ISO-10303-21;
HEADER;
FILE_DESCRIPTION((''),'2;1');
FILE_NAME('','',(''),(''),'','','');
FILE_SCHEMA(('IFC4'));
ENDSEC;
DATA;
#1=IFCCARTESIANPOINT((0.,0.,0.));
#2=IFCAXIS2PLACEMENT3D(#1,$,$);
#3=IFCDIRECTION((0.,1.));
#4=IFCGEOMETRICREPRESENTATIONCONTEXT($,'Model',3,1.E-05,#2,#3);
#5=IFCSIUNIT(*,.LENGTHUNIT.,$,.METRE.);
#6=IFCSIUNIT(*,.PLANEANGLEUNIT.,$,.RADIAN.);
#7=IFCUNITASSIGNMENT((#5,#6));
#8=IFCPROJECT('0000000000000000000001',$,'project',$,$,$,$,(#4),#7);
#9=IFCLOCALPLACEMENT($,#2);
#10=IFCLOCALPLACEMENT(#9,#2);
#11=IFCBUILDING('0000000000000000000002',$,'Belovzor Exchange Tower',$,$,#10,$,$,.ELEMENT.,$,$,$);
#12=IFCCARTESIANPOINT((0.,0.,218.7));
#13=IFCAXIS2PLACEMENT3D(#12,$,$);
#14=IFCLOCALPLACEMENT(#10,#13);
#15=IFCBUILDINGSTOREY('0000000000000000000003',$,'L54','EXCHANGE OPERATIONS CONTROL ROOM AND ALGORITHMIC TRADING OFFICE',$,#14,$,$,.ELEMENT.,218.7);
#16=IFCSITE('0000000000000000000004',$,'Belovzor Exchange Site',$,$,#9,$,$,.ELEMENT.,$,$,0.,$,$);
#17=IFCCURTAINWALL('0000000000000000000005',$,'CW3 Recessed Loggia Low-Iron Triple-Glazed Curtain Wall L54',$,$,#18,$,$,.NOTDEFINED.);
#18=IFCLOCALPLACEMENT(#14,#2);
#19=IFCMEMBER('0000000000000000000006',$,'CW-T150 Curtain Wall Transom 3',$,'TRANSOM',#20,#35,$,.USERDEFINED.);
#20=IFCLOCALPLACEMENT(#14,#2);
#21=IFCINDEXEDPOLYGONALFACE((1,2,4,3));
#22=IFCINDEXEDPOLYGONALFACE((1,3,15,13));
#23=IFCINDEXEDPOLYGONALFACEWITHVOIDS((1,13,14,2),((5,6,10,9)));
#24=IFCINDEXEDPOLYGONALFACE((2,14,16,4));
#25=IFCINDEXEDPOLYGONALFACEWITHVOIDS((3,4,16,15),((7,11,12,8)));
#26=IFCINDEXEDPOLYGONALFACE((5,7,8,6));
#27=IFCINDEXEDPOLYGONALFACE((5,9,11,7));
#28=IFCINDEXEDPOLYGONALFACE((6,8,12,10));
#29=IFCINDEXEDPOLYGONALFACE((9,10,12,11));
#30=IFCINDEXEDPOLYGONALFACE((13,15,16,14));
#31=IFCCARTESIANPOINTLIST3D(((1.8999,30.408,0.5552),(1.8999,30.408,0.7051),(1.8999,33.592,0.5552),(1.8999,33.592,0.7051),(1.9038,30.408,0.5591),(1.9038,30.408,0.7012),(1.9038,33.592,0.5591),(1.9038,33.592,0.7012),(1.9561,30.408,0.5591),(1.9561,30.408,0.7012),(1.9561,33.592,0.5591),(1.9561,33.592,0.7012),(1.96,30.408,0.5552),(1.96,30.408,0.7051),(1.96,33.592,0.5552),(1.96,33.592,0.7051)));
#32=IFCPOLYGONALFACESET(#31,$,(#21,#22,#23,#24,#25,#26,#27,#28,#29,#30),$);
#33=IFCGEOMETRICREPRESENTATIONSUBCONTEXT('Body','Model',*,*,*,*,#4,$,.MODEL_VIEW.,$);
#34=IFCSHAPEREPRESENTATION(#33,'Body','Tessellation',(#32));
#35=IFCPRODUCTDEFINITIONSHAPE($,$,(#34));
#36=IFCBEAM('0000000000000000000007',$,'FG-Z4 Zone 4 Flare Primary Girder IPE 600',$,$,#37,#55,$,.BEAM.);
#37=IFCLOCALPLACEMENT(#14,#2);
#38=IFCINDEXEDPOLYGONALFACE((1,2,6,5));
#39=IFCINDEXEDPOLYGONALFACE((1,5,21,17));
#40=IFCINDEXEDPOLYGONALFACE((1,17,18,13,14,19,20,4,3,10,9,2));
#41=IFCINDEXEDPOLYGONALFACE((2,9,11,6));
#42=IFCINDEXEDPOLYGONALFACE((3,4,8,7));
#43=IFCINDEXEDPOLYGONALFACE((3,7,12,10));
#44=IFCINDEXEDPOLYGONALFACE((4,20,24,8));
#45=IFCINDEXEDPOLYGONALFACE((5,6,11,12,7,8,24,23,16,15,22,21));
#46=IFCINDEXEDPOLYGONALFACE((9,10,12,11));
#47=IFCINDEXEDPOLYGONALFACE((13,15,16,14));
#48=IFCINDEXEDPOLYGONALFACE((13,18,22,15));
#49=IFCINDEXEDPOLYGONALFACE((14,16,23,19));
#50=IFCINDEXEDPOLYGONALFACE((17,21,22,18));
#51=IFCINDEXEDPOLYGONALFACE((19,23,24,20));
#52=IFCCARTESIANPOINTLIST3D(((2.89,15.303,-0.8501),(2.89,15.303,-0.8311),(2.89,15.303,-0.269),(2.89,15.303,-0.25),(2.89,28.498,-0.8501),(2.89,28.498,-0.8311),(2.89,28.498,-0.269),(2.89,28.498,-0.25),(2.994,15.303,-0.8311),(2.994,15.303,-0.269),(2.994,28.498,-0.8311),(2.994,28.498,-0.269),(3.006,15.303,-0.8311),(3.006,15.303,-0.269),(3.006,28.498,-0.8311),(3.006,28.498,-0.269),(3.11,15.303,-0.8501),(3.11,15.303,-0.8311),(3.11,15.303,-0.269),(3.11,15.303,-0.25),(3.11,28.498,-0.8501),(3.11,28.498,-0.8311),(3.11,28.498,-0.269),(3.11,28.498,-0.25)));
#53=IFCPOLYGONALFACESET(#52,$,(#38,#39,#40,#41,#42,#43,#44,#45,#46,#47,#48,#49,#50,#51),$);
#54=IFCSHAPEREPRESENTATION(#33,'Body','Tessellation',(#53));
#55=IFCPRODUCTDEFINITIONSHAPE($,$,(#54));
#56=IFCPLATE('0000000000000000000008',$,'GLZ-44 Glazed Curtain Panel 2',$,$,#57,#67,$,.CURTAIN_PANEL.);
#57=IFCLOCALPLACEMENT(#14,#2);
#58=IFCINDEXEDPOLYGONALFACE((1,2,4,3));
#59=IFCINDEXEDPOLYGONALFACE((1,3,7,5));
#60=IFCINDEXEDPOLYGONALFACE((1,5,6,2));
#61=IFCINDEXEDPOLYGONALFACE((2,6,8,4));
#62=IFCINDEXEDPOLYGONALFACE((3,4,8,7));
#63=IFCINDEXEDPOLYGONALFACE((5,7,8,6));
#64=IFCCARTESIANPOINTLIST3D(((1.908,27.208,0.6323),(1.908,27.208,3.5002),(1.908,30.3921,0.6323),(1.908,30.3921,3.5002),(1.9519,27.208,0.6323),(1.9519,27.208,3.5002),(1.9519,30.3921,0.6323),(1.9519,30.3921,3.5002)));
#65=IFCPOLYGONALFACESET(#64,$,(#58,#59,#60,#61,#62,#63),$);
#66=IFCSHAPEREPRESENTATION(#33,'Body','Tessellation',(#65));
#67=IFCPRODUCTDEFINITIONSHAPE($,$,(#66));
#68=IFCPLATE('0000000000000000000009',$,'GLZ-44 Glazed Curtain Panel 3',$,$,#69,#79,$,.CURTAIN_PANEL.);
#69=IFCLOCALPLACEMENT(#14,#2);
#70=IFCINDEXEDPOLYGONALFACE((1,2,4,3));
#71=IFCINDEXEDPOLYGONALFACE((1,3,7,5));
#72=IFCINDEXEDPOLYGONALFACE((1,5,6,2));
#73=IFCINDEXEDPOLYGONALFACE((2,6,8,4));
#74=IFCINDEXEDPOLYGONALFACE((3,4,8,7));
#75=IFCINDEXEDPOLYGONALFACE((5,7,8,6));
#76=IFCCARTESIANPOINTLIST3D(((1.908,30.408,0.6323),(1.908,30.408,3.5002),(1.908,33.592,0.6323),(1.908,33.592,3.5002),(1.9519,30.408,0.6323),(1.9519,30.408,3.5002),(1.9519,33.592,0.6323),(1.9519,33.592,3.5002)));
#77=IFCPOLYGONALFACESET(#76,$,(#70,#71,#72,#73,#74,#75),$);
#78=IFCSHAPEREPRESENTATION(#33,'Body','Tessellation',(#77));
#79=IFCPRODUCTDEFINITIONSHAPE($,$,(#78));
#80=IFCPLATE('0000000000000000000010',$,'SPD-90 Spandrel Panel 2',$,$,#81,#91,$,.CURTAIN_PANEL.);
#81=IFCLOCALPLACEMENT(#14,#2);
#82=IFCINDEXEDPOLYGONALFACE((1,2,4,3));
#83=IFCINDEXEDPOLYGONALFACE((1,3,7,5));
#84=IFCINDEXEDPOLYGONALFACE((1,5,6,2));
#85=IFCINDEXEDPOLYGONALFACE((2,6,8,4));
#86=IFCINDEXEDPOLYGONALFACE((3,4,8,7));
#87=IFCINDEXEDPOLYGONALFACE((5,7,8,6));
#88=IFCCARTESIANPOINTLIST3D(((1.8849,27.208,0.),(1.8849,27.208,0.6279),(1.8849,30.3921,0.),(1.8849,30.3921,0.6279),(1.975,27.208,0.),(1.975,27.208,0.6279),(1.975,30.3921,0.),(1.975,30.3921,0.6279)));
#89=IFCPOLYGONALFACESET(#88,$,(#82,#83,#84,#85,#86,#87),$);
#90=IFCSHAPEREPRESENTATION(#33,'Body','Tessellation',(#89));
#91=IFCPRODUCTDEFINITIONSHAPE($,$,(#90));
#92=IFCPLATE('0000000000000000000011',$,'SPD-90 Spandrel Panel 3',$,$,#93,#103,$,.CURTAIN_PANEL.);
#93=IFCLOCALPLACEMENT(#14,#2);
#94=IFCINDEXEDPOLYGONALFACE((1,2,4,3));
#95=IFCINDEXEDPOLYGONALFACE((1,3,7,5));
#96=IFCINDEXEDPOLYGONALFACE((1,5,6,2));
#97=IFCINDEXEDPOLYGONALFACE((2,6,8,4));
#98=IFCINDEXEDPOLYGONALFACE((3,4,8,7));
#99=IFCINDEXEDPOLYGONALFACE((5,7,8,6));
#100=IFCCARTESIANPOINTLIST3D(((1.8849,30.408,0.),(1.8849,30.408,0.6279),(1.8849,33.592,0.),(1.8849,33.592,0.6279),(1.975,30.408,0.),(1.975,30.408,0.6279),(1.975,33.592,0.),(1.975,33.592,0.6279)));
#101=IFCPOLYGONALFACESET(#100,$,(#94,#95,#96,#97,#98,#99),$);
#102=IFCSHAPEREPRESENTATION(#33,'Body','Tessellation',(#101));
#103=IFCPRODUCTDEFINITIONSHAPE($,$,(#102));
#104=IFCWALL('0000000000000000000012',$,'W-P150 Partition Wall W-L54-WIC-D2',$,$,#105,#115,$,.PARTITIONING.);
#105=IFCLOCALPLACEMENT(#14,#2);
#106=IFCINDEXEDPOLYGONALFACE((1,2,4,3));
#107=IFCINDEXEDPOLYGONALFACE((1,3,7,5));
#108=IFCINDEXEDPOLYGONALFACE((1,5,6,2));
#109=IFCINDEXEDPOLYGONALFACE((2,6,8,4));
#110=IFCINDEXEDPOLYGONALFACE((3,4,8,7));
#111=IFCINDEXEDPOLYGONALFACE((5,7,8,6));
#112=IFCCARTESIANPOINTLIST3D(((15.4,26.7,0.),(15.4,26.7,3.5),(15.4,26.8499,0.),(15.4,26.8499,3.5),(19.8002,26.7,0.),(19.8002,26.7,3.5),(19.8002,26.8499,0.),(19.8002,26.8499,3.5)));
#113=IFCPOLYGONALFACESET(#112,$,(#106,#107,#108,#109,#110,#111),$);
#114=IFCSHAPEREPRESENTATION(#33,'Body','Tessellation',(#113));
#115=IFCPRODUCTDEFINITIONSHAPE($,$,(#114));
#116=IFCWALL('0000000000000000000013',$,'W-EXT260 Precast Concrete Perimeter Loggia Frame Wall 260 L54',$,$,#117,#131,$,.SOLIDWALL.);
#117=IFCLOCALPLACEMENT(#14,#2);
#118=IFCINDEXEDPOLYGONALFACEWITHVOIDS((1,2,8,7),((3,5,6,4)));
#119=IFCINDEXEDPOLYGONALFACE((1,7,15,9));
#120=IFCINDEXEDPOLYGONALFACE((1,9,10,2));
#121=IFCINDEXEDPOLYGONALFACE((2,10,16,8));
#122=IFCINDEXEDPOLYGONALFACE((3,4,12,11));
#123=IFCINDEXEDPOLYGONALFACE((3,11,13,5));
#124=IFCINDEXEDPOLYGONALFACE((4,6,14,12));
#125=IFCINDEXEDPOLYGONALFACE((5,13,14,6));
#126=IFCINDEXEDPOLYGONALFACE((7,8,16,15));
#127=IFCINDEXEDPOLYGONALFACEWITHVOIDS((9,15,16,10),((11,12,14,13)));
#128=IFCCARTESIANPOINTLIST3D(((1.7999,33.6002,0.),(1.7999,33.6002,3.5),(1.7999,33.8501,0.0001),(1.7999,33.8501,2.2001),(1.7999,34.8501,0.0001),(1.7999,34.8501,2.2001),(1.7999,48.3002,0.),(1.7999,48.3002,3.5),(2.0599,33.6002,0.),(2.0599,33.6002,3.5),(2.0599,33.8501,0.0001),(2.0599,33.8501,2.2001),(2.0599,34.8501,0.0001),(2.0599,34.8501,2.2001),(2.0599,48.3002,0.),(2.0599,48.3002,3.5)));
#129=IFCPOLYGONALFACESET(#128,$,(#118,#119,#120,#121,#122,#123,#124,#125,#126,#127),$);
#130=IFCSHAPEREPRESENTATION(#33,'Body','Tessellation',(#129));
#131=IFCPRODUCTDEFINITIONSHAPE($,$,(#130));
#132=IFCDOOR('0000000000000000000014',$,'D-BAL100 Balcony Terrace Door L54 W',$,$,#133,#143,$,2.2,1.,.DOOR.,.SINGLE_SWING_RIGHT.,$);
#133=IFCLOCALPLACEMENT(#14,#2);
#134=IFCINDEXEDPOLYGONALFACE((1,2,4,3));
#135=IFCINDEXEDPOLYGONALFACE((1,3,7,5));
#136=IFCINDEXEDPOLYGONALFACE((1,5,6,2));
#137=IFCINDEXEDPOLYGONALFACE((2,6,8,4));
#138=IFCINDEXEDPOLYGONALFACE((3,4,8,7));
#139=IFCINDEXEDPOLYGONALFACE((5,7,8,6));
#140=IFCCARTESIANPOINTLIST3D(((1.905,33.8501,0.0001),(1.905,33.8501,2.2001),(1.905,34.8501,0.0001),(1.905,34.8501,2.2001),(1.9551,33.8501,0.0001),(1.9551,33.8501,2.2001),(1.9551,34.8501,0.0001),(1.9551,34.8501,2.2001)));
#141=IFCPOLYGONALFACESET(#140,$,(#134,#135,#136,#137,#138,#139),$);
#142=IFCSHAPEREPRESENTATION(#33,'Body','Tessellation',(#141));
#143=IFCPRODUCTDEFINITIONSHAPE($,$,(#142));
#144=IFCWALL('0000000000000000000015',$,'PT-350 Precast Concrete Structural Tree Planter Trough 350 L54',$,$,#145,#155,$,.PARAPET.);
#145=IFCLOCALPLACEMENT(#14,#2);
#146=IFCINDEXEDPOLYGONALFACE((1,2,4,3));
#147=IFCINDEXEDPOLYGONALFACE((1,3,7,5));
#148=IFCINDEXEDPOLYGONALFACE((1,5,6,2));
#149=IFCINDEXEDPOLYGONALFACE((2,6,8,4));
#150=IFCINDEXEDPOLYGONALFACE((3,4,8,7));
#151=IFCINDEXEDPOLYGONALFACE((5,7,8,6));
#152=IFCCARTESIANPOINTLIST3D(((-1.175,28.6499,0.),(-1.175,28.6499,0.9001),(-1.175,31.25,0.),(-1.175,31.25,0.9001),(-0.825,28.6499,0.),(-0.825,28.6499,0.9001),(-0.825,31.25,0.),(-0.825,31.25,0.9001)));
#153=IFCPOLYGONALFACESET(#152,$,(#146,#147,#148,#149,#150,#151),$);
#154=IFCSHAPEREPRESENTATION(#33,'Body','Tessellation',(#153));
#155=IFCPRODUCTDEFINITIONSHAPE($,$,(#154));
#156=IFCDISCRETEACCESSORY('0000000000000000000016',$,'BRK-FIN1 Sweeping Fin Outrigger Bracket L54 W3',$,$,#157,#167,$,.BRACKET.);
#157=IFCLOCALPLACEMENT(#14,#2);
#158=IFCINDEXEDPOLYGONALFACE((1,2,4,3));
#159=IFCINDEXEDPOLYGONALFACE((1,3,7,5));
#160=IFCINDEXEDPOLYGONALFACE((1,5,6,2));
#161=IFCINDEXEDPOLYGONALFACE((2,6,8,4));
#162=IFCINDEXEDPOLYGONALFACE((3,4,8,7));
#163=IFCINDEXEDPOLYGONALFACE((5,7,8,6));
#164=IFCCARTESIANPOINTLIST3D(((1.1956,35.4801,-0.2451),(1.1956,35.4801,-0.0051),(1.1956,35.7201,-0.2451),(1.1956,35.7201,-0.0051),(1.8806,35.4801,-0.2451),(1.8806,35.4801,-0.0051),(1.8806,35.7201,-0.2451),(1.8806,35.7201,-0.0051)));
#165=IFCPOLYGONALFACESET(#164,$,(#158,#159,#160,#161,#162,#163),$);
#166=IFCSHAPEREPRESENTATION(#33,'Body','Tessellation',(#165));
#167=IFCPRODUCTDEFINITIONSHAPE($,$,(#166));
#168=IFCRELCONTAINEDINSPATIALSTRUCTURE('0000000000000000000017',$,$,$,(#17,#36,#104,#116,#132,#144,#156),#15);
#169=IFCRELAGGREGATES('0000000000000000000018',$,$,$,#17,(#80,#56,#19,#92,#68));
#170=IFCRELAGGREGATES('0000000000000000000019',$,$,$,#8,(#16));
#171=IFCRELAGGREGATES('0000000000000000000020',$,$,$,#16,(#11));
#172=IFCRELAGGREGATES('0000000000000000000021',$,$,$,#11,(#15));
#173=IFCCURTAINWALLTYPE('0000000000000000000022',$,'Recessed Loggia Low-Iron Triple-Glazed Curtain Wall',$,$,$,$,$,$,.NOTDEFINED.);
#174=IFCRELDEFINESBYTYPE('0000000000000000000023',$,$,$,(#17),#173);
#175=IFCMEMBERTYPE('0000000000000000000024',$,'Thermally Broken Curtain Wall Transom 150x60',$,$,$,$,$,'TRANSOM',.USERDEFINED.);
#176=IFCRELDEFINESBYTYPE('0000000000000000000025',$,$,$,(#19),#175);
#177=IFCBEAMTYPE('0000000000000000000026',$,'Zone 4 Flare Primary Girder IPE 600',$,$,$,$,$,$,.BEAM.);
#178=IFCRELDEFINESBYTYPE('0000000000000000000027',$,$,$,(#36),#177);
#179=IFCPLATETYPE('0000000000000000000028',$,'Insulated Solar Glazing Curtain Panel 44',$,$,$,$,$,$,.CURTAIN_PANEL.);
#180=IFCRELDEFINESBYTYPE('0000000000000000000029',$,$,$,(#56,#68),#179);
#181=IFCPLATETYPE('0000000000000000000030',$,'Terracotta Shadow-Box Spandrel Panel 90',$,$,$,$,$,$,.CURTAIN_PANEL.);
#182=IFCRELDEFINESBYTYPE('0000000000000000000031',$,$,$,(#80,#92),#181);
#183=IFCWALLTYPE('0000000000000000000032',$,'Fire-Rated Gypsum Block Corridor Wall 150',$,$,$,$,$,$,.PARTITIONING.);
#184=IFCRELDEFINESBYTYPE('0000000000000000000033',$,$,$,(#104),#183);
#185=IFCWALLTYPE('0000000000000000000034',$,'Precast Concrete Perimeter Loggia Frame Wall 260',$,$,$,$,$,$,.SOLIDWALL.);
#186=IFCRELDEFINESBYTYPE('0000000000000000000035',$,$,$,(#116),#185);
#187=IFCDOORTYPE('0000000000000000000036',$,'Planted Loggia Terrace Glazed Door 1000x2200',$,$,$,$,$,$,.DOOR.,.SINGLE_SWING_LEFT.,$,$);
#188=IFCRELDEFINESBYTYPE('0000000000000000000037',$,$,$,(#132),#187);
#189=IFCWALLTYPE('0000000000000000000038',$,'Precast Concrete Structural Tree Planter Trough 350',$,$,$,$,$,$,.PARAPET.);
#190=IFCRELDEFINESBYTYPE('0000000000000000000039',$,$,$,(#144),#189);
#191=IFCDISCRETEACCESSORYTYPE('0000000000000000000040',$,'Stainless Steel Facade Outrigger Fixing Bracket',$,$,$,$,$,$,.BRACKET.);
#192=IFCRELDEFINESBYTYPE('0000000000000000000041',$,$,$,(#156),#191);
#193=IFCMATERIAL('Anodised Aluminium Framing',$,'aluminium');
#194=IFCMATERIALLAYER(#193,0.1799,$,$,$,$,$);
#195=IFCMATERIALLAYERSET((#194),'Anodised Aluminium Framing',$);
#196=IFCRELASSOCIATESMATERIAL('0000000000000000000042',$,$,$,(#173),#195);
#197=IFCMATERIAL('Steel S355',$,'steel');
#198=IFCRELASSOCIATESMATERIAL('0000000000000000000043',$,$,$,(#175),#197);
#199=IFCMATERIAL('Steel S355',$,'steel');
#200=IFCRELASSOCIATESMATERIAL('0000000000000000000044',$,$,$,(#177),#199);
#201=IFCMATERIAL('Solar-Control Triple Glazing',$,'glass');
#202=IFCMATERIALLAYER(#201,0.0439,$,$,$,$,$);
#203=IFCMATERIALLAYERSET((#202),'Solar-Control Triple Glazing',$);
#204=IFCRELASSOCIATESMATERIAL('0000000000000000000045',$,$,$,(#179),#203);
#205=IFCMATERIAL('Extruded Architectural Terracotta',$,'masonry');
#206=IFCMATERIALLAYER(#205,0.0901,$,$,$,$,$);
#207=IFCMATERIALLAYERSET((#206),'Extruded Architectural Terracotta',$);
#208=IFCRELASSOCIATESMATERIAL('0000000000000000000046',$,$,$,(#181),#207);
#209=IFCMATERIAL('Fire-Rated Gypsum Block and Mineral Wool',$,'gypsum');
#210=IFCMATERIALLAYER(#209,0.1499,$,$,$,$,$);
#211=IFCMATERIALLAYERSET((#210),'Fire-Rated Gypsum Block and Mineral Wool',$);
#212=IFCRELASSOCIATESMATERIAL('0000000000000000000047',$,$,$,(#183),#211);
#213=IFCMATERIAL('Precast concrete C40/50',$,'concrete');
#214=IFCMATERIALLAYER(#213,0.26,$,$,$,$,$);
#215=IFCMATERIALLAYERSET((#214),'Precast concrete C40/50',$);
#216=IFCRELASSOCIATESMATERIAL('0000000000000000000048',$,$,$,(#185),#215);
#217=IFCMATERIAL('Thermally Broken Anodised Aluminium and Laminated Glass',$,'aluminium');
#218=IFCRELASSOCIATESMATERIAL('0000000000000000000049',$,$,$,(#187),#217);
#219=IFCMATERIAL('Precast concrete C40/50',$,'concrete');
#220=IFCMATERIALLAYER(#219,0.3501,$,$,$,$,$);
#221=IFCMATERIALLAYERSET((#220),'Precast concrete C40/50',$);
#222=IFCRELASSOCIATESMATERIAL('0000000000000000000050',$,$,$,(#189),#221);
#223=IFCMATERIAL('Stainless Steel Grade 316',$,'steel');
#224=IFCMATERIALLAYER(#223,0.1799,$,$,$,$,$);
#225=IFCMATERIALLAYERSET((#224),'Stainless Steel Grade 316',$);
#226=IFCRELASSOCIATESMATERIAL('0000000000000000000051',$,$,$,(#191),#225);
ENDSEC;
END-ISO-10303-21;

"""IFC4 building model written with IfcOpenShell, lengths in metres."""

from ifc_helpers import new_model, si_unit, direction, frame, frame_2d, origin, origin_2d, place, context, subcontext, project, spatial, rectangle, hollow_rectangle, i_section, extrude, material, layer, layer_set, material_profile, profile_set, type_object, element, fill, aggregate, save


model = new_model("IFC4")

# Units and contexts
model_context = context("Model", 3, precision=1e-05, world=origin(), true_north=direction((0.0, 1.0)))
body_context = subcontext(model_context, "Body", "Model", "MODEL_VIEW")
ifc_project = project(units=[si_unit("LENGTHUNIT", "METRE"), si_unit("PLANEANGLEUNIT", "RADIAN")], contexts=[model_context])

# Site, building, storey
site_placement = place(None, origin())
site = spatial("IfcSite", under=ifc_project, at=site_placement, Name="Belovzor Exchange Site", CompositionType="ELEMENT", RefElevation=0.0)
building_placement = place(site_placement, origin())
building = spatial("IfcBuilding", under=site, at=building_placement, Name="Belovzor Exchange Tower", CompositionType="ELEMENT")
storey_placement = place(building_placement, frame((0.0, 0.0, 218.7)))
storey = spatial("IfcBuildingStorey", under=building, at=storey_placement, Name="L54", Description="EXCHANGE OPERATIONS CONTROL ROOM AND ALGORITHMIC TRADING OFFICE", CompositionType="ELEMENT", Elevation=218.7)

# Curtain wall, member
ifc_material_1 = material(Name="Anodised Aluminium Framing", Category="aluminium")
ifc_layer_1 = layer(ifc_material_1, 0.1799)
ifc_layer_set_1 = layer_set([ifc_layer_1], Name="Anodised Aluminium Framing")
curtain_wall_type = type_object("IfcCurtainWallType", Name="Recessed Loggia Low-Iron Triple-Glazed Curtain Wall", PredefinedType="NOTDEFINED", material=ifc_layer_set_1)
curtain_wall_placement = place(storey_placement, origin())
curtain_wall = element("IfcCurtainWall", 1, at=curtain_wall_placement, inside=storey, type_object=curtain_wall_type, Name="CW3 Recessed Loggia Low-Iron Triple-Glazed Curtain Wall L54", PredefinedType="NOTDEFINED")
ifc_material_2 = material(Name="Steel S355", Category="steel")
ifc_material_profile_1 = material_profile(ifc_material_2, hollow_rectangle(XDim=0.0601, YDim=0.1499, WallThickness=0.0039, at=origin_2d()))
ifc_profile_set_1 = profile_set([ifc_material_profile_1], Name="Steel S355")
member_type_1 = type_object("IfcMemberType", Name="Thermally Broken Curtain Wall Transom 150x60", ElementType="TRANSOM", PredefinedType="USERDEFINED", material=ifc_profile_set_1)
member_1_placement = place(storey_placement, frame((1.9299, 30.408, 0.6301), z_axis=(0.0, 1.0, 0.0), x_axis=(-1.0, 0.0, 0.0)))
member_1 = element("IfcMember", 2, at=member_1_placement, type_object=member_type_1, Name="CW-T150 Curtain Wall Transom 3", ObjectType="TRANSOM", PredefinedType="USERDEFINED", context=body_context, shape_type="SweptSolid", body=[
    extrude(hollow_rectangle(XDim=0.0601, YDim=0.1499, WallThickness=0.0039, at=origin_2d()), origin(), (0.0, 0.0, 1.0), 3.1841),
])

# Beam
ifc_material_3 = material(Name="Steel S355", Category="steel")
ifc_material_profile_2 = material_profile(ifc_material_3, i_section(OverallWidth=0.22, OverallDepth=0.6001, WebThickness=0.012, FlangeThickness=0.019, at=origin_2d()))
ifc_profile_set_2 = profile_set([ifc_material_profile_2], Name="Steel S355")
beam_type_1 = type_object("IfcBeamType", Name="Zone 4 Flare Primary Girder IPE 600", PredefinedType="BEAM", material=ifc_profile_set_2)
beam_1_placement = place(storey_placement, frame((3.0, 28.498, -0.55), z_axis=(0.0, -1.0, 0.0), x_axis=(1.0, 0.0, 0.0)))
element("IfcBeam", 3, at=beam_1_placement, inside=storey, type_object=beam_type_1, Name="FG-Z4 Zone 4 Flare Primary Girder IPE 600", PredefinedType="BEAM", context=body_context, shape_type="SweptSolid", body=[
    extrude(i_section(OverallWidth=0.22, OverallDepth=0.6001, WebThickness=0.012, FlangeThickness=0.019, at=origin_2d()), origin(), (0.0, 0.0, 1.0), 13.1951),
])

# Plates
ifc_material_4 = material(Name="Solar-Control Triple Glazing", Category="glass")
ifc_layer_2 = layer(ifc_material_4, 0.0439)
ifc_layer_set_2 = layer_set([ifc_layer_2], Name="Solar-Control Triple Glazing")
plate_type_1 = type_object("IfcPlateType", Name="Insulated Solar Glazing Curtain Panel 44", PredefinedType="CURTAIN_PANEL", material=ifc_layer_set_2)
plate_1_placement = place(storey_placement, frame((1.9299, 28.8, 0.6323), z_axis=(0.0, 0.0, 1.0), x_axis=(0.0, 1.0, 0.0)))
plate_1 = element("IfcPlate", 4, at=plate_1_placement, type_object=plate_type_1, Name="GLZ-44 Glazed Curtain Panel 2", PredefinedType="CURTAIN_PANEL", context=body_context, shape_type="SweptSolid", body=[
    extrude(rectangle(XDim=3.1841, YDim=0.0439, at=origin_2d()), origin(), (0.0, 0.0, 1.0), 2.8679),
])
plate_2_placement = place(storey_placement, frame((1.9299, 32.0, 0.6323), z_axis=(0.0, 0.0, 1.0), x_axis=(0.0, 1.0, 0.0)))
plate_2 = element("IfcPlate", 5, at=plate_2_placement, type_object=plate_type_1, Name="GLZ-44 Glazed Curtain Panel 3", PredefinedType="CURTAIN_PANEL", context=body_context, shape_type="SweptSolid", body=[
    extrude(rectangle(XDim=3.1841, YDim=0.0439, at=origin_2d()), origin(), (0.0, 0.0, 1.0), 2.8679),
])
ifc_material_5 = material(Name="Extruded Architectural Terracotta", Category="masonry")
ifc_layer_3 = layer(ifc_material_5, 0.0901)
ifc_layer_set_3 = layer_set([ifc_layer_3], Name="Extruded Architectural Terracotta")
plate_type_2 = type_object("IfcPlateType", Name="Terracotta Shadow-Box Spandrel Panel 90", PredefinedType="CURTAIN_PANEL", material=ifc_layer_set_3)
plate_3_placement = place(storey_placement, frame((1.9299, 28.8, 0.0), z_axis=(0.0, 0.0, 1.0), x_axis=(0.0, 1.0, 0.0)))
plate_3 = element("IfcPlate", 6, at=plate_3_placement, type_object=plate_type_2, Name="SPD-90 Spandrel Panel 2", PredefinedType="CURTAIN_PANEL", context=body_context, shape_type="SweptSolid", body=[
    extrude(rectangle(XDim=3.1841, YDim=0.0901, at=origin_2d()), origin(), (0.0, 0.0, 1.0), 0.6279),
])
plate_4_placement = place(storey_placement, frame((1.9299, 32.0, 0.0), z_axis=(0.0, 0.0, 1.0), x_axis=(0.0, 1.0, 0.0)))
plate_4 = element("IfcPlate", 7, at=plate_4_placement, type_object=plate_type_2, Name="SPD-90 Spandrel Panel 3", PredefinedType="CURTAIN_PANEL", context=body_context, shape_type="SweptSolid", body=[
    extrude(rectangle(XDim=3.1841, YDim=0.0901, at=origin_2d()), origin(), (0.0, 0.0, 1.0), 0.6279),
])
aggregate(curtain_wall, [plate_3, plate_1, member_1, plate_4, plate_2])

# Wall
ifc_material_6 = material(Name="Fire-Rated Gypsum Block and Mineral Wool", Category="gypsum")
ifc_layer_4 = layer(ifc_material_6, 0.1499)
ifc_layer_set_4 = layer_set([ifc_layer_4], Name="Fire-Rated Gypsum Block and Mineral Wool")
wall_type_1 = type_object("IfcWallType", Name="Fire-Rated Gypsum Block Corridor Wall 150", PredefinedType="PARTITIONING", material=ifc_layer_set_4)
wall_1_placement = place(storey_placement, frame((15.3999, 26.7749, 0.0), z_axis=(0.0, 0.0, 1.0), x_axis=(1.0, 0.0, 0.0)))
element("IfcWall", 8, at=wall_1_placement, inside=storey, type_object=wall_type_1, Name="W-P150 Partition Wall W-L54-WIC-D2", PredefinedType="PARTITIONING", context=body_context, shape_type="SweptSolid", body=[
    extrude(rectangle(XDim=4.4001, YDim=0.1499, at=frame_2d((2.2002, 0.0))), origin(), (0.0, 0.0, 1.0), 3.5),
])

# Wall, opening, door
ifc_material_7 = material(Name="Precast concrete C40/50", Category="concrete")
ifc_layer_5 = layer(ifc_material_7, 0.26)
ifc_layer_set_5 = layer_set([ifc_layer_5], Name="Precast concrete C40/50")
wall_type_2 = type_object("IfcWallType", Name="Precast Concrete Perimeter Loggia Frame Wall 260", PredefinedType="SOLIDWALL", material=ifc_layer_set_5)
wall_2_placement = place(storey_placement, frame((1.9299, 33.6001, 0.0), z_axis=(0.0, 0.0, 1.0), x_axis=(0.0, 1.0, 0.0)))
wall_2 = element("IfcWall", 9, at=wall_2_placement, inside=storey, type_object=wall_type_2, Name="W-EXT260 Precast Concrete Perimeter Loggia Frame Wall 260 L54", PredefinedType="SOLIDWALL", context=body_context, shape_type="SweptSolid", body=[
    extrude(rectangle(XDim=14.7, YDim=0.26, at=frame_2d((7.3501, 0.0))), origin(), (0.0, 0.0, 1.0), 3.5),
])
opening_placement = place(wall_2_placement, frame((0.25, 0.0, 0.0)))
opening = element("IfcOpeningElement", 10, at=opening_placement, cuts=wall_2, PredefinedType="OPENING", context=body_context, shape_type="SweptSolid", body=[
    extrude(rectangle(XDim=1.0, YDim=2.2, at=frame_2d((0.5, 1.1001))), frame((0.0, 0.1399, 0.0), z_axis=(0.0, -1.0, 0.0), x_axis=(1.0, 0.0, 0.0)), (0.0, 0.0, 1.0), 0.28),
])
ifc_material_8 = material(Name="Thermally Broken Anodised Aluminium and Laminated Glass", Category="aluminium")
door_type = type_object("IfcDoorType", Name="Planted Loggia Terrace Glazed Door 1000x2200", OperationType="SINGLE_SWING_LEFT", PredefinedType="DOOR", material=ifc_material_8)
door_placement = place(opening_placement, origin())
door = element("IfcDoor", 11, at=door_placement, inside=storey, type_object=door_type, Name="D-BAL100 Balcony Terrace Door L54 W", OperationType="SINGLE_SWING_RIGHT", OverallHeight=2.2, OverallWidth=1.0, PredefinedType="DOOR", context=body_context, shape_type="SweptSolid", body=[
    extrude(rectangle(XDim=1.0, YDim=2.2, at=frame_2d((0.5, 1.1001))), frame((0.0, 0.0249, 0.0), z_axis=(0.0, -1.0, 0.0), x_axis=(1.0, 0.0, 0.0)), (0.0, 0.0, 1.0), 0.05),
])
fill(opening, door)

# Wall
ifc_material_9 = material(Name="Precast concrete C40/50", Category="concrete")
ifc_layer_6 = layer(ifc_material_9, 0.3501)
ifc_layer_set_6 = layer_set([ifc_layer_6], Name="Precast concrete C40/50")
wall_type_3 = type_object("IfcWallType", Name="Precast Concrete Structural Tree Planter Trough 350", PredefinedType="PARAPET", material=ifc_layer_set_6)
wall_3_placement = place(storey_placement, frame((-1.0, 28.6499, 0.0), z_axis=(0.0, 0.0, 1.0), x_axis=(0.0, 1.0, 0.0)))
element("IfcWall", 12, at=wall_3_placement, inside=storey, type_object=wall_type_3, Name="PT-350 Precast Concrete Structural Tree Planter Trough 350 L54", PredefinedType="PARAPET", context=body_context, shape_type="SweptSolid", body=[
    extrude(rectangle(XDim=2.6001, YDim=0.3501, at=frame_2d((1.3, 0.0))), origin(), (0.0, 0.0, 1.0), 0.9001),
])

# Discrete accessory
ifc_material_10 = material(Name="Stainless Steel Grade 316", Category="steel")
ifc_layer_7 = layer(ifc_material_10, 0.1799)
ifc_layer_set_7 = layer_set([ifc_layer_7], Name="Stainless Steel Grade 316")
discrete_accessory_type = type_object("IfcDiscreteAccessoryType", Name="Stainless Steel Facade Outrigger Fixing Bracket", PredefinedType="BRACKET", material=ifc_layer_set_7)
discrete_accessory_placement = place(storey_placement, frame((1.5381, 35.6001, -0.2451), z_axis=(0.0, 0.0, 1.0), x_axis=(1.0, 0.0, 0.0)))
element("IfcDiscreteAccessory", 13, at=discrete_accessory_placement, inside=storey, type_object=discrete_accessory_type, Name="BRK-FIN1 Sweeping Fin Outrigger Bracket L54 W3", PredefinedType="BRACKET", context=body_context, shape_type="SweptSolid", body=[
    extrude(rectangle(XDim=0.6851, YDim=0.24, at=origin_2d()), origin(), (0.0, 0.0, 1.0), 0.24),
])

save(model, "model.ifc")
